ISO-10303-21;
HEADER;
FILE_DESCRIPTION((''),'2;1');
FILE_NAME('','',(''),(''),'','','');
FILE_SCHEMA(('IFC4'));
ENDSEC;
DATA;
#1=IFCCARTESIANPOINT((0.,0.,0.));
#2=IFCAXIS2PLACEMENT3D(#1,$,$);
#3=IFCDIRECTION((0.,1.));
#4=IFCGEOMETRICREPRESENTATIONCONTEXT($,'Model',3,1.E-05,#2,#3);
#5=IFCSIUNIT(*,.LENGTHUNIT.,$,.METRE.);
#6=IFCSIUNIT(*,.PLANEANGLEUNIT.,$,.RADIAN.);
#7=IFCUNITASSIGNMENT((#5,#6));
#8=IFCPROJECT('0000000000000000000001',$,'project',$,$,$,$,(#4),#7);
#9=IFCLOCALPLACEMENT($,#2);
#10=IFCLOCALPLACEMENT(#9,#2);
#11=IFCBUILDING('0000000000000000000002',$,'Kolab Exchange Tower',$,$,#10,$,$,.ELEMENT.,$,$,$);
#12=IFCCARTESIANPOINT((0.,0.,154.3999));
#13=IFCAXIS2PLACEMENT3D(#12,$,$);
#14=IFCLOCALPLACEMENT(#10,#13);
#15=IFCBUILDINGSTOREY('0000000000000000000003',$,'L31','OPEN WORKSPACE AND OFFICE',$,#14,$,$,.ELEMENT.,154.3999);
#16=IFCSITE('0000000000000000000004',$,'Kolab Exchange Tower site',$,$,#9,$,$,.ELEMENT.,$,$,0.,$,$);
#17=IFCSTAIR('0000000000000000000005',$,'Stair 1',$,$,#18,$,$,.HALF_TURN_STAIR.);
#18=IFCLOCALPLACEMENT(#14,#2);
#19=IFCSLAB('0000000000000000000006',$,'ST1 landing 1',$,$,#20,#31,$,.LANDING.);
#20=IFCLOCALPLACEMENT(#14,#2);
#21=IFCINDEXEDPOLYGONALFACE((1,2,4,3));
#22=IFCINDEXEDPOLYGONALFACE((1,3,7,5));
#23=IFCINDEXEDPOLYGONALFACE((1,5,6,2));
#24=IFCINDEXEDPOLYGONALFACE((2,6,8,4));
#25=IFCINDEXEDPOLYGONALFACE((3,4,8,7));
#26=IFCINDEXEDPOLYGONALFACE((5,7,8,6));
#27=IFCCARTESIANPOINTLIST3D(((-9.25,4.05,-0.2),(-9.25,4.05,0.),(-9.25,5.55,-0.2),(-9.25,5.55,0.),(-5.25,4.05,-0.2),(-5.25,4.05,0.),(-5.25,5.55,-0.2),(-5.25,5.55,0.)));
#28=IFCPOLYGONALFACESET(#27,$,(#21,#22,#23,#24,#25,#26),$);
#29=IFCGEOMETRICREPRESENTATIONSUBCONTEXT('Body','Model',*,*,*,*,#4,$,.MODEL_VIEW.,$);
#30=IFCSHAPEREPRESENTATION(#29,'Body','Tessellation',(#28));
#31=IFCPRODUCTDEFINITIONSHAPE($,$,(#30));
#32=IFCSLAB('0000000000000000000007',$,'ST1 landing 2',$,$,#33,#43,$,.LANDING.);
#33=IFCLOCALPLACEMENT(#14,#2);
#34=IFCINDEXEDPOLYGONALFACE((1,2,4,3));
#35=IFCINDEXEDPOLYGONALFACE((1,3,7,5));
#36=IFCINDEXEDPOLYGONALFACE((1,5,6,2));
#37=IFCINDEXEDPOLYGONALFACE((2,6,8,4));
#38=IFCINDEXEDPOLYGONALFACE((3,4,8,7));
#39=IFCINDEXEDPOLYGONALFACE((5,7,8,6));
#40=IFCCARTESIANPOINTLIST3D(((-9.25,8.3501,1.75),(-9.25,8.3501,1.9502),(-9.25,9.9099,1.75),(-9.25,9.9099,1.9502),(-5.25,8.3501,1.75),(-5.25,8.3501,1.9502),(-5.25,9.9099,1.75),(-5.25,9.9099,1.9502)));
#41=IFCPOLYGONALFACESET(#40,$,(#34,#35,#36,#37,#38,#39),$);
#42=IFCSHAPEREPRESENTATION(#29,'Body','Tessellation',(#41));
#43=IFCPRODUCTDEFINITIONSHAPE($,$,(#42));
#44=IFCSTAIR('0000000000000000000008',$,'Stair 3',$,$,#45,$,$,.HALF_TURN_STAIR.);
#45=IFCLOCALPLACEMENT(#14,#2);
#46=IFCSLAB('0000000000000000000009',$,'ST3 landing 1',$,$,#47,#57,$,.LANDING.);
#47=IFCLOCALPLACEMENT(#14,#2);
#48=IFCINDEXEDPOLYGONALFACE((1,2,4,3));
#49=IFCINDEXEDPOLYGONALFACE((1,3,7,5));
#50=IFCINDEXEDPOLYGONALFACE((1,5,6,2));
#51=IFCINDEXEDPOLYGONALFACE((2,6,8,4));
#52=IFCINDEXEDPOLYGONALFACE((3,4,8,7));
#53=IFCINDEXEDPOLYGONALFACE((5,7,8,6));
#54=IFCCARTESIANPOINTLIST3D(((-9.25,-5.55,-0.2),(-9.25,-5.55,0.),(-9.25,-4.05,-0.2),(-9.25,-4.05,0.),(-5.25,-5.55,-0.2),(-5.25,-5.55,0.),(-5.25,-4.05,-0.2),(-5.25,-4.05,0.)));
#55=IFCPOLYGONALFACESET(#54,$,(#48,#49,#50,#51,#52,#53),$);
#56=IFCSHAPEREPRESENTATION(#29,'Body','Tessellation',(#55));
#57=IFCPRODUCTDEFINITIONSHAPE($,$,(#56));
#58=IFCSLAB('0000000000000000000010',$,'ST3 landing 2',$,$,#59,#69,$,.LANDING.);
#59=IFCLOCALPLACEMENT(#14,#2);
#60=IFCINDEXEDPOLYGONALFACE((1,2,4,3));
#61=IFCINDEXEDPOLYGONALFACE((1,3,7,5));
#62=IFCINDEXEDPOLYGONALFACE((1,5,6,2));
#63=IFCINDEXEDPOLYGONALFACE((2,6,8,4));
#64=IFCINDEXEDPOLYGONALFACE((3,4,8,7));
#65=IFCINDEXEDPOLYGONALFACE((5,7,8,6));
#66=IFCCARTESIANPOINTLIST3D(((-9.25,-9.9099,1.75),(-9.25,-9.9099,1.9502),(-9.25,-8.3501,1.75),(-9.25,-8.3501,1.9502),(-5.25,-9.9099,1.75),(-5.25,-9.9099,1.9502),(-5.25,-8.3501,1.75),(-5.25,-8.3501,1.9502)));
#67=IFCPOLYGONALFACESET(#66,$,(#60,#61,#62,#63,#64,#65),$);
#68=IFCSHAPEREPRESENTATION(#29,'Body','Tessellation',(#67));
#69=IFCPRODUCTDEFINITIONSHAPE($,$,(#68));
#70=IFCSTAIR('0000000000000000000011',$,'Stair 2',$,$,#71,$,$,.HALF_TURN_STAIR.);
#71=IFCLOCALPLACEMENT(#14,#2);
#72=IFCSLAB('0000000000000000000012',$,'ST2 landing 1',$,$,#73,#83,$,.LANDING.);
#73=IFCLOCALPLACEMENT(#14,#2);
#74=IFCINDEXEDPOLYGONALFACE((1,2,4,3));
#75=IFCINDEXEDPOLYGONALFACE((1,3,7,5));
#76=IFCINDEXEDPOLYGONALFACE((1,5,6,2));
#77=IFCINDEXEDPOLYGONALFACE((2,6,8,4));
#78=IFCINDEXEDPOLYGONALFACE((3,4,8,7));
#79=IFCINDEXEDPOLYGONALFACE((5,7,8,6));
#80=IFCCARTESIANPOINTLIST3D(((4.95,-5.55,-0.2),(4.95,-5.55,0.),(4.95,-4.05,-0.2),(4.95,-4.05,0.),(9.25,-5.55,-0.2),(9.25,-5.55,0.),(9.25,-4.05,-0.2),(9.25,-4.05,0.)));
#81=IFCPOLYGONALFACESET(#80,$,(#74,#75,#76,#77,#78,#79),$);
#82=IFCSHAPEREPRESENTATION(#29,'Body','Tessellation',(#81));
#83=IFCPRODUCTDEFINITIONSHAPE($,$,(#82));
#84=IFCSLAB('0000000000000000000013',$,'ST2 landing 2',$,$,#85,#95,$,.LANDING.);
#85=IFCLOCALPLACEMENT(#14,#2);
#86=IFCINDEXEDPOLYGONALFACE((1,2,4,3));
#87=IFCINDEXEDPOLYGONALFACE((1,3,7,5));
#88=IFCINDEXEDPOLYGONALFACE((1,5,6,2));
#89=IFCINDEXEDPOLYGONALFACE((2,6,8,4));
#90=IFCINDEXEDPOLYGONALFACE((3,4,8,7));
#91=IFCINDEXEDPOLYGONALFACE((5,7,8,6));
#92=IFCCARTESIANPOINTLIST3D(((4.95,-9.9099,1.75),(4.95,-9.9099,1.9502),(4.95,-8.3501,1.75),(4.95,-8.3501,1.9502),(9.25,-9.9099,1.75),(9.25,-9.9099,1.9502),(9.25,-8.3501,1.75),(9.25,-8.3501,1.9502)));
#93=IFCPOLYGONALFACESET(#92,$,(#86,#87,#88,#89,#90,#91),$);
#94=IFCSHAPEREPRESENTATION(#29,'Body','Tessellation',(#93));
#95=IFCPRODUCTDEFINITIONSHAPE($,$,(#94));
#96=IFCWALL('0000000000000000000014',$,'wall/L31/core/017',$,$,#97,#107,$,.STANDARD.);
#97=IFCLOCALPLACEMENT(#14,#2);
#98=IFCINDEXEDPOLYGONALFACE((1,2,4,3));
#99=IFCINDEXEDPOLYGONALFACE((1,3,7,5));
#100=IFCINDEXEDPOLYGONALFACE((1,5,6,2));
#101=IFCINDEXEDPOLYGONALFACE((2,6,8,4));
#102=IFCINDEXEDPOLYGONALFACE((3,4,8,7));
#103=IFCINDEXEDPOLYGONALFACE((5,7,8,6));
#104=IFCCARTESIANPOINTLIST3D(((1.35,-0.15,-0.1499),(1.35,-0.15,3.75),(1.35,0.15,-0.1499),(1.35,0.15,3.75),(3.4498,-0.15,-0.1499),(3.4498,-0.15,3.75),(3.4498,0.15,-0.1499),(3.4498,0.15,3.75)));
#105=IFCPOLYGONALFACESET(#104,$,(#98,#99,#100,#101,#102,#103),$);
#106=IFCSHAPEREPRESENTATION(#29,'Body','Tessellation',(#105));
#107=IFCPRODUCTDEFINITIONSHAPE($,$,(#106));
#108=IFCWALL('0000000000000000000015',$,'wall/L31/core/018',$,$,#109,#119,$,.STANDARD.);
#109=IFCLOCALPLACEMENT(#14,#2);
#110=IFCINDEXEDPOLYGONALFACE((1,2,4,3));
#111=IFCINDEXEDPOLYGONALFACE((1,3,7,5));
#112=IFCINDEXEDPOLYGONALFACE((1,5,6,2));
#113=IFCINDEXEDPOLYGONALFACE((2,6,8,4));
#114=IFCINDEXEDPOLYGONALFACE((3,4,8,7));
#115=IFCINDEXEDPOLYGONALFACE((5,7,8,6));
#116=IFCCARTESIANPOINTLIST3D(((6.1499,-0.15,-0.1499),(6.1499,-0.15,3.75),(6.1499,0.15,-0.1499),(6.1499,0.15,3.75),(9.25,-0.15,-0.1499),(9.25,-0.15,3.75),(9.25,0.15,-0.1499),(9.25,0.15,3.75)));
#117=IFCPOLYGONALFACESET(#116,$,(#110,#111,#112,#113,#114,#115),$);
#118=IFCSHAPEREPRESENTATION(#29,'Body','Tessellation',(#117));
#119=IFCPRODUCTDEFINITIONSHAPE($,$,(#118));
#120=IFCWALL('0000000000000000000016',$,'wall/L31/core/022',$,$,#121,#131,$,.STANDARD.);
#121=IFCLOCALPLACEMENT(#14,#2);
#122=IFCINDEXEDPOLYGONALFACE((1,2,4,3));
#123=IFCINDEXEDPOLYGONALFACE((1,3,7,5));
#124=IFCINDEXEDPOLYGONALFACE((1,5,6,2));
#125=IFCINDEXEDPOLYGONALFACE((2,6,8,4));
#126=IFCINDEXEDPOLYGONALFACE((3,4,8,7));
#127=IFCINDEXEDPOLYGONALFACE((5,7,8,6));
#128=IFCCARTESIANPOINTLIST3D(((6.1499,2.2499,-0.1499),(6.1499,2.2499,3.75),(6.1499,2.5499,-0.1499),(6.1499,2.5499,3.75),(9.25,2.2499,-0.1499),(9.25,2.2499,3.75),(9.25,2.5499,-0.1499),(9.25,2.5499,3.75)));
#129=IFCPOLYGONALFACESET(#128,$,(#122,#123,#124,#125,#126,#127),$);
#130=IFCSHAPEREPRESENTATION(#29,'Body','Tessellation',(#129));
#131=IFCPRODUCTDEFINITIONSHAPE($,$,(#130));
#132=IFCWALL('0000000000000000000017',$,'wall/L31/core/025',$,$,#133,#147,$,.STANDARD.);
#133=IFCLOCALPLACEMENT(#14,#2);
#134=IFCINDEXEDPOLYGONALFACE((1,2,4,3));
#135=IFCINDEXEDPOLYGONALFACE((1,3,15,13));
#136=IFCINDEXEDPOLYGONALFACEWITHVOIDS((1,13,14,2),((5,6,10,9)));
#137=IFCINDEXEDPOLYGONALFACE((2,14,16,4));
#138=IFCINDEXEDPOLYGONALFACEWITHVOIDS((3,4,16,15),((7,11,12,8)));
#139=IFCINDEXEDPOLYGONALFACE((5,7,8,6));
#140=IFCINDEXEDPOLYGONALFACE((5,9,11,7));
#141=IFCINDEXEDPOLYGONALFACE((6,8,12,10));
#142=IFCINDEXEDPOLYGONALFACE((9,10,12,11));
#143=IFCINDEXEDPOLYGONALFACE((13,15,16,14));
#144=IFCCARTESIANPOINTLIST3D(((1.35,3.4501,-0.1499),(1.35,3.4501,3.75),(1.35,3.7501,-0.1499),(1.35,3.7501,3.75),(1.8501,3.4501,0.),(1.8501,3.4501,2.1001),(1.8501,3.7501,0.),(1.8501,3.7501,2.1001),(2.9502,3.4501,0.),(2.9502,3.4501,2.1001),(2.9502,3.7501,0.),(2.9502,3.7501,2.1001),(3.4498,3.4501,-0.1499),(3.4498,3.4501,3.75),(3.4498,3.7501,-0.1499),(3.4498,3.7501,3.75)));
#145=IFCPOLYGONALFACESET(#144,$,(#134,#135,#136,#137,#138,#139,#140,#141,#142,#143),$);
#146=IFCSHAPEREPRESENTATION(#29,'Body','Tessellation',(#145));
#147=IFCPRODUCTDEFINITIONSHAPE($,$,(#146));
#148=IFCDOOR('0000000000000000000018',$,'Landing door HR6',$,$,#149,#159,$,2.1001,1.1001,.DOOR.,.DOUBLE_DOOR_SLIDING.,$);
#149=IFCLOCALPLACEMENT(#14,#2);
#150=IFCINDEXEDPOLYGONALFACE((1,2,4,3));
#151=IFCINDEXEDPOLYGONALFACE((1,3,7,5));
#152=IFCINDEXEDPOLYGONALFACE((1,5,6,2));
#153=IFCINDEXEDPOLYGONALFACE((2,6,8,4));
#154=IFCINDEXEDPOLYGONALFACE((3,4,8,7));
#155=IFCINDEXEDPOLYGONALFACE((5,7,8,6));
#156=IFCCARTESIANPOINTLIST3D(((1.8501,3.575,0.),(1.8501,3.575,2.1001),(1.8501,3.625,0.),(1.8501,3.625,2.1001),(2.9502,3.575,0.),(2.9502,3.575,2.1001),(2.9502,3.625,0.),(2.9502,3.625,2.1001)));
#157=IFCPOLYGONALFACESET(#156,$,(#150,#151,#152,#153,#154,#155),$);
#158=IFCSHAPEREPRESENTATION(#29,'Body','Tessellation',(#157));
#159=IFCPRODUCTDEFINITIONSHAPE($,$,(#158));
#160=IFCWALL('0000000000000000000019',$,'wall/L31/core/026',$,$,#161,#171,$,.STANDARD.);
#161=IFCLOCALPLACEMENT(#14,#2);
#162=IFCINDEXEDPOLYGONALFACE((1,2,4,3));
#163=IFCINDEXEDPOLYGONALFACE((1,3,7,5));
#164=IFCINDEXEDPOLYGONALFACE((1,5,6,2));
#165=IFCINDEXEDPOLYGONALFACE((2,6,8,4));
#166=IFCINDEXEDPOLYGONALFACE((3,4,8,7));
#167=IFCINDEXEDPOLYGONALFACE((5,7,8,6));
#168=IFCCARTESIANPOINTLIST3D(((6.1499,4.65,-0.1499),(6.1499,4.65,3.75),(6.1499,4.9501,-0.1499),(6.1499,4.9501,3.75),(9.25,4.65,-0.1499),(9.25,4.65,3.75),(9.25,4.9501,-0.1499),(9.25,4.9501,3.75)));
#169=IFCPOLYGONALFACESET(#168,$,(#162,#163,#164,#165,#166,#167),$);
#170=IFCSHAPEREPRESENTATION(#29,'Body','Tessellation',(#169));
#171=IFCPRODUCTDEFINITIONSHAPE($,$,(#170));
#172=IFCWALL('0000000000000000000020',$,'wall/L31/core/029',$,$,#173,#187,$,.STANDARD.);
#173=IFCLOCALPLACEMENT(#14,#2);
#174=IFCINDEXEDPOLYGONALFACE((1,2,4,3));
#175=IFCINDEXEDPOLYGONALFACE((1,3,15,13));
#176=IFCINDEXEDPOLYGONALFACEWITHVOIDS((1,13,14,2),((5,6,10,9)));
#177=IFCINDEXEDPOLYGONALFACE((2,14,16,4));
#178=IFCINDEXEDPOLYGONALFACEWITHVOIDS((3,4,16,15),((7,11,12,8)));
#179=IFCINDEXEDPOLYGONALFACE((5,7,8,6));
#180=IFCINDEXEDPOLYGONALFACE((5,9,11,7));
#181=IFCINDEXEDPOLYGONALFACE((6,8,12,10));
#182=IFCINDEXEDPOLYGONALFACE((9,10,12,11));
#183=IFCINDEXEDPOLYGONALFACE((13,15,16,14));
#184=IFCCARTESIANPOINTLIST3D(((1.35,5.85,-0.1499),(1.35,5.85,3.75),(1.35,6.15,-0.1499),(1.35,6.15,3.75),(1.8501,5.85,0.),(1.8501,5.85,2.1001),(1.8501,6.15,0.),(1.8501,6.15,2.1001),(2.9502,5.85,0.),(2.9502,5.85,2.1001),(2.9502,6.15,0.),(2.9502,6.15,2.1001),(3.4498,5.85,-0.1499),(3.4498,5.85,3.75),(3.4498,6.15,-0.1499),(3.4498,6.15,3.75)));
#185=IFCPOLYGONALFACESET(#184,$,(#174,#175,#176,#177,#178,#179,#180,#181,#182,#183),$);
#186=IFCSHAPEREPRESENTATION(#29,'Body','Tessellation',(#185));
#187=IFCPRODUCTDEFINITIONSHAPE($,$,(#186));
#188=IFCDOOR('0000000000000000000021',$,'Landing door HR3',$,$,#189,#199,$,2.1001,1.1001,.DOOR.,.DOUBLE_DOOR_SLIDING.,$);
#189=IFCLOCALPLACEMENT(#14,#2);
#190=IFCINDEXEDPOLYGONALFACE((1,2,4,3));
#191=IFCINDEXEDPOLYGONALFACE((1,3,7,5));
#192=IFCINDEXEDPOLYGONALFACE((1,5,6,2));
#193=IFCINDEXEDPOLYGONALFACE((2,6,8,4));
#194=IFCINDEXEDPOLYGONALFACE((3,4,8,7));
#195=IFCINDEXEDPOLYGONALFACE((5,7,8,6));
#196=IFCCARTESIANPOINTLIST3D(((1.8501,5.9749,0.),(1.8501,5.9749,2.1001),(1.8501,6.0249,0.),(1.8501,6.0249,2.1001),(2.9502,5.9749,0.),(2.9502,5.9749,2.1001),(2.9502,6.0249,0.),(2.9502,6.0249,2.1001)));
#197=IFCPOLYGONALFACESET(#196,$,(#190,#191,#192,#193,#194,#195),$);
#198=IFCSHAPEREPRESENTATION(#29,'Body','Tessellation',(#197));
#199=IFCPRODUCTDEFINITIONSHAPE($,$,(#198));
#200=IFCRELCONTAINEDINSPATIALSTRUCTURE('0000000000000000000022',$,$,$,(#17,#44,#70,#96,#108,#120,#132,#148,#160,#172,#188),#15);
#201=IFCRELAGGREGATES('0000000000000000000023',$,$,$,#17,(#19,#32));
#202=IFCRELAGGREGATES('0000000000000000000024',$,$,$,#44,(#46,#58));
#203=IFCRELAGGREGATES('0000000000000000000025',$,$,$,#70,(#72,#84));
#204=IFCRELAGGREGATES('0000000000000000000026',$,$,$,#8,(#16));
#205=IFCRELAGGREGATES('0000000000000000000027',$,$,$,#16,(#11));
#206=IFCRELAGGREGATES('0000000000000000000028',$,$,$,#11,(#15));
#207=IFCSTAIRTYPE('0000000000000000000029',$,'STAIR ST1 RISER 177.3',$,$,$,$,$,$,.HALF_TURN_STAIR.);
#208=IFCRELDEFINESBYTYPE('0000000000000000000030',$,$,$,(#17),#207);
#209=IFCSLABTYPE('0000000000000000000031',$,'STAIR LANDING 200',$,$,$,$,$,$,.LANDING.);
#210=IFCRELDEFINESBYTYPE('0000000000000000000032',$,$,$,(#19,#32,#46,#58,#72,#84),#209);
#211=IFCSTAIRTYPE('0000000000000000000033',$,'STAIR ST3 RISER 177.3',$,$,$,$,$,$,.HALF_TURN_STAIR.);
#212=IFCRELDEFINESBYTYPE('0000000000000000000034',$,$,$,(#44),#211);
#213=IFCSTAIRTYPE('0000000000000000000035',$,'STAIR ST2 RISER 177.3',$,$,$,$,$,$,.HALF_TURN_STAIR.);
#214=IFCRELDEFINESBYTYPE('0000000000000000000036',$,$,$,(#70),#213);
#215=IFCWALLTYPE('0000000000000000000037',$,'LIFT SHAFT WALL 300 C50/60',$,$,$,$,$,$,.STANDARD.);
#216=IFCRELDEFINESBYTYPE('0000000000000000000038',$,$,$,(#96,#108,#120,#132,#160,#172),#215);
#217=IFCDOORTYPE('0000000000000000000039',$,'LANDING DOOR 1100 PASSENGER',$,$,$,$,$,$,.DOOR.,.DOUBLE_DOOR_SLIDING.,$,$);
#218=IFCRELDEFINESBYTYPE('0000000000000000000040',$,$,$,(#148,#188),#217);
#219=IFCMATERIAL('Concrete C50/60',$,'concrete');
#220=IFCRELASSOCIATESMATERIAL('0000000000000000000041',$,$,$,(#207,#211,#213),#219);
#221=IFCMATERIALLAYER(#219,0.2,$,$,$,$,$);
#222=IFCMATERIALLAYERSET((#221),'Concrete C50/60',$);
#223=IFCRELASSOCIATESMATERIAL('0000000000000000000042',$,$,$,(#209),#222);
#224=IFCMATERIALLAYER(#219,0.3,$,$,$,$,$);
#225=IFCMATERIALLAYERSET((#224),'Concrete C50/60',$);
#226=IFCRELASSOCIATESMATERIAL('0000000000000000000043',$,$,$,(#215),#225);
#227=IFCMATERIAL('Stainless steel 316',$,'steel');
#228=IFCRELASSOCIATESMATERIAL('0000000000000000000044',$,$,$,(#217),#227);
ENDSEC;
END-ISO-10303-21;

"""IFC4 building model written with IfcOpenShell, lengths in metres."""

from ifc_helpers import new_model, si_unit, direction, frame, frame_2d, origin, place, context, subcontext, project, spatial, polyline, rectangle, outline, extrude, material, layer, layer_set, type_object, element, fill, aggregate, save


model = new_model("IFC4")

# Units and contexts
model_context = context("Model", 3, precision=1e-05, world=origin(), true_north=direction((0.0, 1.0)))
body_context = subcontext(model_context, "Body", "Model", "MODEL_VIEW")
ifc_project = project(units=[si_unit("LENGTHUNIT", "METRE"), si_unit("PLANEANGLEUNIT", "RADIAN")], contexts=[model_context])

# Site, building, storey
site_placement = place(None, origin())
site = spatial("IfcSite", under=ifc_project, at=site_placement, Name="Kolab Exchange Tower site", CompositionType="ELEMENT", RefElevation=0.0)
building_placement = place(site_placement, origin())
building = spatial("IfcBuilding", under=site, at=building_placement, Name="Kolab Exchange Tower", CompositionType="ELEMENT")
storey_placement = place(building_placement, frame((0.0, 0.0, 154.3999)))
storey = spatial("IfcBuildingStorey", under=building, at=storey_placement, Name="L31", Description="OPEN WORKSPACE AND OFFICE", CompositionType="ELEMENT", Elevation=154.3999)

# Stairs, slabs
ifc_material_1 = material(Name="Concrete C50/60", Category="concrete")
stair_type_1 = type_object("IfcStairType", Name="STAIR ST1 RISER 177.3", PredefinedType="HALF_TURN_STAIR", material=ifc_material_1)
stair_1_placement = place(storey_placement, origin())
stair_1 = element("IfcStair", 1, at=stair_1_placement, inside=storey, type_object=stair_type_1, Name="Stair 1", PredefinedType="HALF_TURN_STAIR")
ifc_layer_1 = layer(ifc_material_1, 0.2)
ifc_layer_set_1 = layer_set([ifc_layer_1], Name="Concrete C50/60")
slab_type_1 = type_object("IfcSlabType", Name="STAIR LANDING 200", PredefinedType="LANDING", material=ifc_layer_set_1)
slab_1_placement = place(storey_placement, frame((0.0, 0.0, -0.2)))
slab_1 = element("IfcSlab", 2, at=slab_1_placement, type_object=slab_type_1, Name="ST1 landing 1", PredefinedType="LANDING", context=body_context, shape_type="SweptSolid", body=[
    extrude(outline(polyline([(-9.25, 4.05), (-5.25, 4.05), (-5.25, 5.55), (-9.25, 5.55), (-9.25, 4.05)])), origin(), (0.0, 0.0, 1.0), 0.2),
])
slab_2_placement = place(storey_placement, frame((0.0, 0.0, 1.75)))
slab_2 = element("IfcSlab", 3, at=slab_2_placement, type_object=slab_type_1, Name="ST1 landing 2", PredefinedType="LANDING", context=body_context, shape_type="SweptSolid", body=[
    extrude(outline(polyline([(-9.25, 8.3501), (-5.25, 8.3501), (-5.25, 9.9099), (-9.25, 9.9099), (-9.25, 8.3501)])), origin(), (0.0, 0.0, 1.0), 0.2002),
])
aggregate(stair_1, [slab_1, slab_2])
stair_type_2 = type_object("IfcStairType", Name="STAIR ST3 RISER 177.3", PredefinedType="HALF_TURN_STAIR", material=ifc_material_1)
stair_2_placement = place(storey_placement, origin())
stair_2 = element("IfcStair", 4, at=stair_2_placement, inside=storey, type_object=stair_type_2, Name="Stair 3", PredefinedType="HALF_TURN_STAIR")
slab_3_placement = place(storey_placement, frame((0.0, 0.0, -0.2)))
slab_3 = element("IfcSlab", 5, at=slab_3_placement, type_object=slab_type_1, Name="ST3 landing 1", PredefinedType="LANDING", context=body_context, shape_type="SweptSolid", body=[
    extrude(outline(polyline([(-9.25, -5.55), (-5.25, -5.55), (-5.25, -4.05), (-9.25, -4.05), (-9.25, -5.55)])), origin(), (0.0, 0.0, 1.0), 0.2),
])
slab_4_placement = place(storey_placement, frame((0.0, 0.0, 1.75)))
slab_4 = element("IfcSlab", 6, at=slab_4_placement, type_object=slab_type_1, Name="ST3 landing 2", PredefinedType="LANDING", context=body_context, shape_type="SweptSolid", body=[
    extrude(outline(polyline([(-9.25, -9.9099), (-5.25, -9.9099), (-5.25, -8.3501), (-9.25, -8.3501), (-9.25, -9.9099)])), origin(), (0.0, 0.0, 1.0), 0.2002),
])
aggregate(stair_2, [slab_3, slab_4])
stair_type_3 = type_object("IfcStairType", Name="STAIR ST2 RISER 177.3", PredefinedType="HALF_TURN_STAIR", material=ifc_material_1)
stair_3_placement = place(storey_placement, origin())
stair_3 = element("IfcStair", 7, at=stair_3_placement, inside=storey, type_object=stair_type_3, Name="Stair 2", PredefinedType="HALF_TURN_STAIR")
slab_5_placement = place(storey_placement, frame((0.0, 0.0, -0.2)))
slab_5 = element("IfcSlab", 8, at=slab_5_placement, type_object=slab_type_1, Name="ST2 landing 1", PredefinedType="LANDING", context=body_context, shape_type="SweptSolid", body=[
    extrude(outline(polyline([(4.95, -5.55), (9.25, -5.55), (9.25, -4.05), (4.95, -4.05), (4.95, -5.55)])), origin(), (0.0, 0.0, 1.0), 0.2),
])
slab_6_placement = place(storey_placement, frame((0.0, 0.0, 1.75)))
slab_6 = element("IfcSlab", 9, at=slab_6_placement, type_object=slab_type_1, Name="ST2 landing 2", PredefinedType="LANDING", context=body_context, shape_type="SweptSolid", body=[
    extrude(outline(polyline([(4.95, -9.9099), (9.25, -9.9099), (9.25, -8.3501), (4.95, -8.3501), (4.95, -9.9099)])), origin(), (0.0, 0.0, 1.0), 0.2002),
])
aggregate(stair_3, [slab_5, slab_6])

# Walls
ifc_layer_2 = layer(ifc_material_1, 0.3)
ifc_layer_set_2 = layer_set([ifc_layer_2], Name="Concrete C50/60")
wall_type_1 = type_object("IfcWallType", Name="LIFT SHAFT WALL 300 C50/60", PredefinedType="STANDARD", material=ifc_layer_set_2)
wall_1_placement = place(storey_placement, frame((1.3501, 0.0, -0.1499), z_axis=(0.0, 0.0, 1.0), x_axis=(1.0, 0.0, 0.0)))
element("IfcWall", 10, at=wall_1_placement, inside=storey, type_object=wall_type_1, Name="wall/L31/core/017", PredefinedType="STANDARD", context=body_context, shape_type="SweptSolid", body=[
    extrude(rectangle(XDim=2.0999, YDim=0.3, at=frame_2d((1.0498, 0.0))), origin(), (0.0, 0.0, 1.0), 3.8999),
])
for number, where, z_axis, x_axis, name in (
    (11, (6.1499, 0.0, -0.1499), (0.0, 0.0, 1.0), (1.0, 0.0, 0.0), "wall/L31/core/018"),
    (12, (6.1499, 2.3999, -0.1499), (0.0, 0.0, 1.0), (1.0, 0.0, 0.0), "wall/L31/core/022"),
):
    element("IfcWall", number, at=place(storey_placement, frame(where, z_axis=z_axis, x_axis=x_axis)), inside=storey, type_object=wall_type_1, Name=name, PredefinedType="STANDARD", context=body_context, shape_type="SweptSolid", body=[
        extrude(rectangle(XDim=3.1001, YDim=0.3, at=frame_2d((1.55, 0.0))), origin(), (0.0, 0.0, 1.0), 3.8999),
    ])

# Wall, opening, door
wall_2_placement = place(storey_placement, frame((1.3501, 3.6001, -0.1499), z_axis=(0.0, 0.0, 1.0), x_axis=(1.0, 0.0, 0.0)))
wall_2 = element("IfcWall", 13, at=wall_2_placement, inside=storey, type_object=wall_type_1, Name="wall/L31/core/025", PredefinedType="STANDARD", context=body_context, shape_type="SweptSolid", body=[
    extrude(rectangle(XDim=2.0999, YDim=0.3, at=frame_2d((1.0498, 0.0))), origin(), (0.0, 0.0, 1.0), 3.8999),
])
opening_1_placement = place(wall_2_placement, frame((0.5, 0.0, 0.1499)))
opening_1 = element("IfcOpeningElement", 14, at=opening_1_placement, cuts=wall_2, PredefinedType="OPENING", context=body_context, shape_type="SweptSolid", body=[
    extrude(rectangle(XDim=1.1001, YDim=2.1001, at=frame_2d((0.55, 1.05))), frame((0.0, 0.1602, 0.0), z_axis=(0.0, -1.0, 0.0), x_axis=(1.0, 0.0, 0.0)), (0.0, 0.0, 1.0), 0.3201),
])
ifc_material_2 = material(Name="Stainless steel 316", Category="steel")
door_type_1 = type_object("IfcDoorType", Name="LANDING DOOR 1100 PASSENGER", OperationType="DOUBLE_DOOR_SLIDING", PredefinedType="DOOR", material=ifc_material_2)
door_1_placement = place(opening_1_placement, origin())
door_1 = element("IfcDoor", 15, at=door_1_placement, inside=storey, type_object=door_type_1, Name="Landing door HR6", OperationType="DOUBLE_DOOR_SLIDING", OverallHeight=2.1001, OverallWidth=1.1001, PredefinedType="DOOR", context=body_context, shape_type="SweptSolid", body=[
    extrude(rectangle(XDim=1.1001, YDim=2.1001, at=frame_2d((0.55, 1.05))), frame((0.0, 0.0249, 0.0), z_axis=(0.0, -1.0, 0.0), x_axis=(1.0, 0.0, 0.0)), (0.0, 0.0, 1.0), 0.05),
])
fill(opening_1, door_1)

# Wall
wall_3_placement = place(storey_placement, frame((6.1499, 4.8, -0.1499), z_axis=(0.0, 0.0, 1.0), x_axis=(1.0, 0.0, 0.0)))
element("IfcWall", 16, at=wall_3_placement, inside=storey, type_object=wall_type_1, Name="wall/L31/core/026", PredefinedType="STANDARD", context=body_context, shape_type="SweptSolid", body=[
    extrude(rectangle(XDim=3.1001, YDim=0.3, at=frame_2d((1.55, 0.0))), origin(), (0.0, 0.0, 1.0), 3.8999),
])

# Wall, opening, door
wall_4_placement = place(storey_placement, frame((1.3501, 6.0, -0.1499), z_axis=(0.0, 0.0, 1.0), x_axis=(1.0, 0.0, 0.0)))
wall_4 = element("IfcWall", 17, at=wall_4_placement, inside=storey, type_object=wall_type_1, Name="wall/L31/core/029", PredefinedType="STANDARD", context=body_context, shape_type="SweptSolid", body=[
    extrude(rectangle(XDim=2.0999, YDim=0.3, at=frame_2d((1.0498, 0.0))), origin(), (0.0, 0.0, 1.0), 3.8999),
])
opening_2_placement = place(wall_4_placement, frame((0.5, 0.0, 0.1499)))
opening_2 = element("IfcOpeningElement", 18, at=opening_2_placement, cuts=wall_4, PredefinedType="OPENING", context=body_context, shape_type="SweptSolid", body=[
    extrude(rectangle(XDim=1.1001, YDim=2.1001, at=frame_2d((0.55, 1.05))), frame((0.0, 0.1602, 0.0), z_axis=(0.0, -1.0, 0.0), x_axis=(1.0, 0.0, 0.0)), (0.0, 0.0, 1.0), 0.3201),
])
door_2_placement = place(opening_2_placement, origin())
door_2 = element("IfcDoor", 19, at=door_2_placement, inside=storey, type_object=door_type_1, Name="Landing door HR3", OperationType="DOUBLE_DOOR_SLIDING", OverallHeight=2.1001, OverallWidth=1.1001, PredefinedType="DOOR", context=body_context, shape_type="SweptSolid", body=[
    extrude(rectangle(XDim=1.1001, YDim=2.1001, at=frame_2d((0.55, 1.05))), frame((0.0, 0.0249, 0.0), z_axis=(0.0, -1.0, 0.0), x_axis=(1.0, 0.0, 0.0)), (0.0, 0.0, 1.0), 0.05),
])
fill(opening_2, door_2)

save(model, "model.ifc")
